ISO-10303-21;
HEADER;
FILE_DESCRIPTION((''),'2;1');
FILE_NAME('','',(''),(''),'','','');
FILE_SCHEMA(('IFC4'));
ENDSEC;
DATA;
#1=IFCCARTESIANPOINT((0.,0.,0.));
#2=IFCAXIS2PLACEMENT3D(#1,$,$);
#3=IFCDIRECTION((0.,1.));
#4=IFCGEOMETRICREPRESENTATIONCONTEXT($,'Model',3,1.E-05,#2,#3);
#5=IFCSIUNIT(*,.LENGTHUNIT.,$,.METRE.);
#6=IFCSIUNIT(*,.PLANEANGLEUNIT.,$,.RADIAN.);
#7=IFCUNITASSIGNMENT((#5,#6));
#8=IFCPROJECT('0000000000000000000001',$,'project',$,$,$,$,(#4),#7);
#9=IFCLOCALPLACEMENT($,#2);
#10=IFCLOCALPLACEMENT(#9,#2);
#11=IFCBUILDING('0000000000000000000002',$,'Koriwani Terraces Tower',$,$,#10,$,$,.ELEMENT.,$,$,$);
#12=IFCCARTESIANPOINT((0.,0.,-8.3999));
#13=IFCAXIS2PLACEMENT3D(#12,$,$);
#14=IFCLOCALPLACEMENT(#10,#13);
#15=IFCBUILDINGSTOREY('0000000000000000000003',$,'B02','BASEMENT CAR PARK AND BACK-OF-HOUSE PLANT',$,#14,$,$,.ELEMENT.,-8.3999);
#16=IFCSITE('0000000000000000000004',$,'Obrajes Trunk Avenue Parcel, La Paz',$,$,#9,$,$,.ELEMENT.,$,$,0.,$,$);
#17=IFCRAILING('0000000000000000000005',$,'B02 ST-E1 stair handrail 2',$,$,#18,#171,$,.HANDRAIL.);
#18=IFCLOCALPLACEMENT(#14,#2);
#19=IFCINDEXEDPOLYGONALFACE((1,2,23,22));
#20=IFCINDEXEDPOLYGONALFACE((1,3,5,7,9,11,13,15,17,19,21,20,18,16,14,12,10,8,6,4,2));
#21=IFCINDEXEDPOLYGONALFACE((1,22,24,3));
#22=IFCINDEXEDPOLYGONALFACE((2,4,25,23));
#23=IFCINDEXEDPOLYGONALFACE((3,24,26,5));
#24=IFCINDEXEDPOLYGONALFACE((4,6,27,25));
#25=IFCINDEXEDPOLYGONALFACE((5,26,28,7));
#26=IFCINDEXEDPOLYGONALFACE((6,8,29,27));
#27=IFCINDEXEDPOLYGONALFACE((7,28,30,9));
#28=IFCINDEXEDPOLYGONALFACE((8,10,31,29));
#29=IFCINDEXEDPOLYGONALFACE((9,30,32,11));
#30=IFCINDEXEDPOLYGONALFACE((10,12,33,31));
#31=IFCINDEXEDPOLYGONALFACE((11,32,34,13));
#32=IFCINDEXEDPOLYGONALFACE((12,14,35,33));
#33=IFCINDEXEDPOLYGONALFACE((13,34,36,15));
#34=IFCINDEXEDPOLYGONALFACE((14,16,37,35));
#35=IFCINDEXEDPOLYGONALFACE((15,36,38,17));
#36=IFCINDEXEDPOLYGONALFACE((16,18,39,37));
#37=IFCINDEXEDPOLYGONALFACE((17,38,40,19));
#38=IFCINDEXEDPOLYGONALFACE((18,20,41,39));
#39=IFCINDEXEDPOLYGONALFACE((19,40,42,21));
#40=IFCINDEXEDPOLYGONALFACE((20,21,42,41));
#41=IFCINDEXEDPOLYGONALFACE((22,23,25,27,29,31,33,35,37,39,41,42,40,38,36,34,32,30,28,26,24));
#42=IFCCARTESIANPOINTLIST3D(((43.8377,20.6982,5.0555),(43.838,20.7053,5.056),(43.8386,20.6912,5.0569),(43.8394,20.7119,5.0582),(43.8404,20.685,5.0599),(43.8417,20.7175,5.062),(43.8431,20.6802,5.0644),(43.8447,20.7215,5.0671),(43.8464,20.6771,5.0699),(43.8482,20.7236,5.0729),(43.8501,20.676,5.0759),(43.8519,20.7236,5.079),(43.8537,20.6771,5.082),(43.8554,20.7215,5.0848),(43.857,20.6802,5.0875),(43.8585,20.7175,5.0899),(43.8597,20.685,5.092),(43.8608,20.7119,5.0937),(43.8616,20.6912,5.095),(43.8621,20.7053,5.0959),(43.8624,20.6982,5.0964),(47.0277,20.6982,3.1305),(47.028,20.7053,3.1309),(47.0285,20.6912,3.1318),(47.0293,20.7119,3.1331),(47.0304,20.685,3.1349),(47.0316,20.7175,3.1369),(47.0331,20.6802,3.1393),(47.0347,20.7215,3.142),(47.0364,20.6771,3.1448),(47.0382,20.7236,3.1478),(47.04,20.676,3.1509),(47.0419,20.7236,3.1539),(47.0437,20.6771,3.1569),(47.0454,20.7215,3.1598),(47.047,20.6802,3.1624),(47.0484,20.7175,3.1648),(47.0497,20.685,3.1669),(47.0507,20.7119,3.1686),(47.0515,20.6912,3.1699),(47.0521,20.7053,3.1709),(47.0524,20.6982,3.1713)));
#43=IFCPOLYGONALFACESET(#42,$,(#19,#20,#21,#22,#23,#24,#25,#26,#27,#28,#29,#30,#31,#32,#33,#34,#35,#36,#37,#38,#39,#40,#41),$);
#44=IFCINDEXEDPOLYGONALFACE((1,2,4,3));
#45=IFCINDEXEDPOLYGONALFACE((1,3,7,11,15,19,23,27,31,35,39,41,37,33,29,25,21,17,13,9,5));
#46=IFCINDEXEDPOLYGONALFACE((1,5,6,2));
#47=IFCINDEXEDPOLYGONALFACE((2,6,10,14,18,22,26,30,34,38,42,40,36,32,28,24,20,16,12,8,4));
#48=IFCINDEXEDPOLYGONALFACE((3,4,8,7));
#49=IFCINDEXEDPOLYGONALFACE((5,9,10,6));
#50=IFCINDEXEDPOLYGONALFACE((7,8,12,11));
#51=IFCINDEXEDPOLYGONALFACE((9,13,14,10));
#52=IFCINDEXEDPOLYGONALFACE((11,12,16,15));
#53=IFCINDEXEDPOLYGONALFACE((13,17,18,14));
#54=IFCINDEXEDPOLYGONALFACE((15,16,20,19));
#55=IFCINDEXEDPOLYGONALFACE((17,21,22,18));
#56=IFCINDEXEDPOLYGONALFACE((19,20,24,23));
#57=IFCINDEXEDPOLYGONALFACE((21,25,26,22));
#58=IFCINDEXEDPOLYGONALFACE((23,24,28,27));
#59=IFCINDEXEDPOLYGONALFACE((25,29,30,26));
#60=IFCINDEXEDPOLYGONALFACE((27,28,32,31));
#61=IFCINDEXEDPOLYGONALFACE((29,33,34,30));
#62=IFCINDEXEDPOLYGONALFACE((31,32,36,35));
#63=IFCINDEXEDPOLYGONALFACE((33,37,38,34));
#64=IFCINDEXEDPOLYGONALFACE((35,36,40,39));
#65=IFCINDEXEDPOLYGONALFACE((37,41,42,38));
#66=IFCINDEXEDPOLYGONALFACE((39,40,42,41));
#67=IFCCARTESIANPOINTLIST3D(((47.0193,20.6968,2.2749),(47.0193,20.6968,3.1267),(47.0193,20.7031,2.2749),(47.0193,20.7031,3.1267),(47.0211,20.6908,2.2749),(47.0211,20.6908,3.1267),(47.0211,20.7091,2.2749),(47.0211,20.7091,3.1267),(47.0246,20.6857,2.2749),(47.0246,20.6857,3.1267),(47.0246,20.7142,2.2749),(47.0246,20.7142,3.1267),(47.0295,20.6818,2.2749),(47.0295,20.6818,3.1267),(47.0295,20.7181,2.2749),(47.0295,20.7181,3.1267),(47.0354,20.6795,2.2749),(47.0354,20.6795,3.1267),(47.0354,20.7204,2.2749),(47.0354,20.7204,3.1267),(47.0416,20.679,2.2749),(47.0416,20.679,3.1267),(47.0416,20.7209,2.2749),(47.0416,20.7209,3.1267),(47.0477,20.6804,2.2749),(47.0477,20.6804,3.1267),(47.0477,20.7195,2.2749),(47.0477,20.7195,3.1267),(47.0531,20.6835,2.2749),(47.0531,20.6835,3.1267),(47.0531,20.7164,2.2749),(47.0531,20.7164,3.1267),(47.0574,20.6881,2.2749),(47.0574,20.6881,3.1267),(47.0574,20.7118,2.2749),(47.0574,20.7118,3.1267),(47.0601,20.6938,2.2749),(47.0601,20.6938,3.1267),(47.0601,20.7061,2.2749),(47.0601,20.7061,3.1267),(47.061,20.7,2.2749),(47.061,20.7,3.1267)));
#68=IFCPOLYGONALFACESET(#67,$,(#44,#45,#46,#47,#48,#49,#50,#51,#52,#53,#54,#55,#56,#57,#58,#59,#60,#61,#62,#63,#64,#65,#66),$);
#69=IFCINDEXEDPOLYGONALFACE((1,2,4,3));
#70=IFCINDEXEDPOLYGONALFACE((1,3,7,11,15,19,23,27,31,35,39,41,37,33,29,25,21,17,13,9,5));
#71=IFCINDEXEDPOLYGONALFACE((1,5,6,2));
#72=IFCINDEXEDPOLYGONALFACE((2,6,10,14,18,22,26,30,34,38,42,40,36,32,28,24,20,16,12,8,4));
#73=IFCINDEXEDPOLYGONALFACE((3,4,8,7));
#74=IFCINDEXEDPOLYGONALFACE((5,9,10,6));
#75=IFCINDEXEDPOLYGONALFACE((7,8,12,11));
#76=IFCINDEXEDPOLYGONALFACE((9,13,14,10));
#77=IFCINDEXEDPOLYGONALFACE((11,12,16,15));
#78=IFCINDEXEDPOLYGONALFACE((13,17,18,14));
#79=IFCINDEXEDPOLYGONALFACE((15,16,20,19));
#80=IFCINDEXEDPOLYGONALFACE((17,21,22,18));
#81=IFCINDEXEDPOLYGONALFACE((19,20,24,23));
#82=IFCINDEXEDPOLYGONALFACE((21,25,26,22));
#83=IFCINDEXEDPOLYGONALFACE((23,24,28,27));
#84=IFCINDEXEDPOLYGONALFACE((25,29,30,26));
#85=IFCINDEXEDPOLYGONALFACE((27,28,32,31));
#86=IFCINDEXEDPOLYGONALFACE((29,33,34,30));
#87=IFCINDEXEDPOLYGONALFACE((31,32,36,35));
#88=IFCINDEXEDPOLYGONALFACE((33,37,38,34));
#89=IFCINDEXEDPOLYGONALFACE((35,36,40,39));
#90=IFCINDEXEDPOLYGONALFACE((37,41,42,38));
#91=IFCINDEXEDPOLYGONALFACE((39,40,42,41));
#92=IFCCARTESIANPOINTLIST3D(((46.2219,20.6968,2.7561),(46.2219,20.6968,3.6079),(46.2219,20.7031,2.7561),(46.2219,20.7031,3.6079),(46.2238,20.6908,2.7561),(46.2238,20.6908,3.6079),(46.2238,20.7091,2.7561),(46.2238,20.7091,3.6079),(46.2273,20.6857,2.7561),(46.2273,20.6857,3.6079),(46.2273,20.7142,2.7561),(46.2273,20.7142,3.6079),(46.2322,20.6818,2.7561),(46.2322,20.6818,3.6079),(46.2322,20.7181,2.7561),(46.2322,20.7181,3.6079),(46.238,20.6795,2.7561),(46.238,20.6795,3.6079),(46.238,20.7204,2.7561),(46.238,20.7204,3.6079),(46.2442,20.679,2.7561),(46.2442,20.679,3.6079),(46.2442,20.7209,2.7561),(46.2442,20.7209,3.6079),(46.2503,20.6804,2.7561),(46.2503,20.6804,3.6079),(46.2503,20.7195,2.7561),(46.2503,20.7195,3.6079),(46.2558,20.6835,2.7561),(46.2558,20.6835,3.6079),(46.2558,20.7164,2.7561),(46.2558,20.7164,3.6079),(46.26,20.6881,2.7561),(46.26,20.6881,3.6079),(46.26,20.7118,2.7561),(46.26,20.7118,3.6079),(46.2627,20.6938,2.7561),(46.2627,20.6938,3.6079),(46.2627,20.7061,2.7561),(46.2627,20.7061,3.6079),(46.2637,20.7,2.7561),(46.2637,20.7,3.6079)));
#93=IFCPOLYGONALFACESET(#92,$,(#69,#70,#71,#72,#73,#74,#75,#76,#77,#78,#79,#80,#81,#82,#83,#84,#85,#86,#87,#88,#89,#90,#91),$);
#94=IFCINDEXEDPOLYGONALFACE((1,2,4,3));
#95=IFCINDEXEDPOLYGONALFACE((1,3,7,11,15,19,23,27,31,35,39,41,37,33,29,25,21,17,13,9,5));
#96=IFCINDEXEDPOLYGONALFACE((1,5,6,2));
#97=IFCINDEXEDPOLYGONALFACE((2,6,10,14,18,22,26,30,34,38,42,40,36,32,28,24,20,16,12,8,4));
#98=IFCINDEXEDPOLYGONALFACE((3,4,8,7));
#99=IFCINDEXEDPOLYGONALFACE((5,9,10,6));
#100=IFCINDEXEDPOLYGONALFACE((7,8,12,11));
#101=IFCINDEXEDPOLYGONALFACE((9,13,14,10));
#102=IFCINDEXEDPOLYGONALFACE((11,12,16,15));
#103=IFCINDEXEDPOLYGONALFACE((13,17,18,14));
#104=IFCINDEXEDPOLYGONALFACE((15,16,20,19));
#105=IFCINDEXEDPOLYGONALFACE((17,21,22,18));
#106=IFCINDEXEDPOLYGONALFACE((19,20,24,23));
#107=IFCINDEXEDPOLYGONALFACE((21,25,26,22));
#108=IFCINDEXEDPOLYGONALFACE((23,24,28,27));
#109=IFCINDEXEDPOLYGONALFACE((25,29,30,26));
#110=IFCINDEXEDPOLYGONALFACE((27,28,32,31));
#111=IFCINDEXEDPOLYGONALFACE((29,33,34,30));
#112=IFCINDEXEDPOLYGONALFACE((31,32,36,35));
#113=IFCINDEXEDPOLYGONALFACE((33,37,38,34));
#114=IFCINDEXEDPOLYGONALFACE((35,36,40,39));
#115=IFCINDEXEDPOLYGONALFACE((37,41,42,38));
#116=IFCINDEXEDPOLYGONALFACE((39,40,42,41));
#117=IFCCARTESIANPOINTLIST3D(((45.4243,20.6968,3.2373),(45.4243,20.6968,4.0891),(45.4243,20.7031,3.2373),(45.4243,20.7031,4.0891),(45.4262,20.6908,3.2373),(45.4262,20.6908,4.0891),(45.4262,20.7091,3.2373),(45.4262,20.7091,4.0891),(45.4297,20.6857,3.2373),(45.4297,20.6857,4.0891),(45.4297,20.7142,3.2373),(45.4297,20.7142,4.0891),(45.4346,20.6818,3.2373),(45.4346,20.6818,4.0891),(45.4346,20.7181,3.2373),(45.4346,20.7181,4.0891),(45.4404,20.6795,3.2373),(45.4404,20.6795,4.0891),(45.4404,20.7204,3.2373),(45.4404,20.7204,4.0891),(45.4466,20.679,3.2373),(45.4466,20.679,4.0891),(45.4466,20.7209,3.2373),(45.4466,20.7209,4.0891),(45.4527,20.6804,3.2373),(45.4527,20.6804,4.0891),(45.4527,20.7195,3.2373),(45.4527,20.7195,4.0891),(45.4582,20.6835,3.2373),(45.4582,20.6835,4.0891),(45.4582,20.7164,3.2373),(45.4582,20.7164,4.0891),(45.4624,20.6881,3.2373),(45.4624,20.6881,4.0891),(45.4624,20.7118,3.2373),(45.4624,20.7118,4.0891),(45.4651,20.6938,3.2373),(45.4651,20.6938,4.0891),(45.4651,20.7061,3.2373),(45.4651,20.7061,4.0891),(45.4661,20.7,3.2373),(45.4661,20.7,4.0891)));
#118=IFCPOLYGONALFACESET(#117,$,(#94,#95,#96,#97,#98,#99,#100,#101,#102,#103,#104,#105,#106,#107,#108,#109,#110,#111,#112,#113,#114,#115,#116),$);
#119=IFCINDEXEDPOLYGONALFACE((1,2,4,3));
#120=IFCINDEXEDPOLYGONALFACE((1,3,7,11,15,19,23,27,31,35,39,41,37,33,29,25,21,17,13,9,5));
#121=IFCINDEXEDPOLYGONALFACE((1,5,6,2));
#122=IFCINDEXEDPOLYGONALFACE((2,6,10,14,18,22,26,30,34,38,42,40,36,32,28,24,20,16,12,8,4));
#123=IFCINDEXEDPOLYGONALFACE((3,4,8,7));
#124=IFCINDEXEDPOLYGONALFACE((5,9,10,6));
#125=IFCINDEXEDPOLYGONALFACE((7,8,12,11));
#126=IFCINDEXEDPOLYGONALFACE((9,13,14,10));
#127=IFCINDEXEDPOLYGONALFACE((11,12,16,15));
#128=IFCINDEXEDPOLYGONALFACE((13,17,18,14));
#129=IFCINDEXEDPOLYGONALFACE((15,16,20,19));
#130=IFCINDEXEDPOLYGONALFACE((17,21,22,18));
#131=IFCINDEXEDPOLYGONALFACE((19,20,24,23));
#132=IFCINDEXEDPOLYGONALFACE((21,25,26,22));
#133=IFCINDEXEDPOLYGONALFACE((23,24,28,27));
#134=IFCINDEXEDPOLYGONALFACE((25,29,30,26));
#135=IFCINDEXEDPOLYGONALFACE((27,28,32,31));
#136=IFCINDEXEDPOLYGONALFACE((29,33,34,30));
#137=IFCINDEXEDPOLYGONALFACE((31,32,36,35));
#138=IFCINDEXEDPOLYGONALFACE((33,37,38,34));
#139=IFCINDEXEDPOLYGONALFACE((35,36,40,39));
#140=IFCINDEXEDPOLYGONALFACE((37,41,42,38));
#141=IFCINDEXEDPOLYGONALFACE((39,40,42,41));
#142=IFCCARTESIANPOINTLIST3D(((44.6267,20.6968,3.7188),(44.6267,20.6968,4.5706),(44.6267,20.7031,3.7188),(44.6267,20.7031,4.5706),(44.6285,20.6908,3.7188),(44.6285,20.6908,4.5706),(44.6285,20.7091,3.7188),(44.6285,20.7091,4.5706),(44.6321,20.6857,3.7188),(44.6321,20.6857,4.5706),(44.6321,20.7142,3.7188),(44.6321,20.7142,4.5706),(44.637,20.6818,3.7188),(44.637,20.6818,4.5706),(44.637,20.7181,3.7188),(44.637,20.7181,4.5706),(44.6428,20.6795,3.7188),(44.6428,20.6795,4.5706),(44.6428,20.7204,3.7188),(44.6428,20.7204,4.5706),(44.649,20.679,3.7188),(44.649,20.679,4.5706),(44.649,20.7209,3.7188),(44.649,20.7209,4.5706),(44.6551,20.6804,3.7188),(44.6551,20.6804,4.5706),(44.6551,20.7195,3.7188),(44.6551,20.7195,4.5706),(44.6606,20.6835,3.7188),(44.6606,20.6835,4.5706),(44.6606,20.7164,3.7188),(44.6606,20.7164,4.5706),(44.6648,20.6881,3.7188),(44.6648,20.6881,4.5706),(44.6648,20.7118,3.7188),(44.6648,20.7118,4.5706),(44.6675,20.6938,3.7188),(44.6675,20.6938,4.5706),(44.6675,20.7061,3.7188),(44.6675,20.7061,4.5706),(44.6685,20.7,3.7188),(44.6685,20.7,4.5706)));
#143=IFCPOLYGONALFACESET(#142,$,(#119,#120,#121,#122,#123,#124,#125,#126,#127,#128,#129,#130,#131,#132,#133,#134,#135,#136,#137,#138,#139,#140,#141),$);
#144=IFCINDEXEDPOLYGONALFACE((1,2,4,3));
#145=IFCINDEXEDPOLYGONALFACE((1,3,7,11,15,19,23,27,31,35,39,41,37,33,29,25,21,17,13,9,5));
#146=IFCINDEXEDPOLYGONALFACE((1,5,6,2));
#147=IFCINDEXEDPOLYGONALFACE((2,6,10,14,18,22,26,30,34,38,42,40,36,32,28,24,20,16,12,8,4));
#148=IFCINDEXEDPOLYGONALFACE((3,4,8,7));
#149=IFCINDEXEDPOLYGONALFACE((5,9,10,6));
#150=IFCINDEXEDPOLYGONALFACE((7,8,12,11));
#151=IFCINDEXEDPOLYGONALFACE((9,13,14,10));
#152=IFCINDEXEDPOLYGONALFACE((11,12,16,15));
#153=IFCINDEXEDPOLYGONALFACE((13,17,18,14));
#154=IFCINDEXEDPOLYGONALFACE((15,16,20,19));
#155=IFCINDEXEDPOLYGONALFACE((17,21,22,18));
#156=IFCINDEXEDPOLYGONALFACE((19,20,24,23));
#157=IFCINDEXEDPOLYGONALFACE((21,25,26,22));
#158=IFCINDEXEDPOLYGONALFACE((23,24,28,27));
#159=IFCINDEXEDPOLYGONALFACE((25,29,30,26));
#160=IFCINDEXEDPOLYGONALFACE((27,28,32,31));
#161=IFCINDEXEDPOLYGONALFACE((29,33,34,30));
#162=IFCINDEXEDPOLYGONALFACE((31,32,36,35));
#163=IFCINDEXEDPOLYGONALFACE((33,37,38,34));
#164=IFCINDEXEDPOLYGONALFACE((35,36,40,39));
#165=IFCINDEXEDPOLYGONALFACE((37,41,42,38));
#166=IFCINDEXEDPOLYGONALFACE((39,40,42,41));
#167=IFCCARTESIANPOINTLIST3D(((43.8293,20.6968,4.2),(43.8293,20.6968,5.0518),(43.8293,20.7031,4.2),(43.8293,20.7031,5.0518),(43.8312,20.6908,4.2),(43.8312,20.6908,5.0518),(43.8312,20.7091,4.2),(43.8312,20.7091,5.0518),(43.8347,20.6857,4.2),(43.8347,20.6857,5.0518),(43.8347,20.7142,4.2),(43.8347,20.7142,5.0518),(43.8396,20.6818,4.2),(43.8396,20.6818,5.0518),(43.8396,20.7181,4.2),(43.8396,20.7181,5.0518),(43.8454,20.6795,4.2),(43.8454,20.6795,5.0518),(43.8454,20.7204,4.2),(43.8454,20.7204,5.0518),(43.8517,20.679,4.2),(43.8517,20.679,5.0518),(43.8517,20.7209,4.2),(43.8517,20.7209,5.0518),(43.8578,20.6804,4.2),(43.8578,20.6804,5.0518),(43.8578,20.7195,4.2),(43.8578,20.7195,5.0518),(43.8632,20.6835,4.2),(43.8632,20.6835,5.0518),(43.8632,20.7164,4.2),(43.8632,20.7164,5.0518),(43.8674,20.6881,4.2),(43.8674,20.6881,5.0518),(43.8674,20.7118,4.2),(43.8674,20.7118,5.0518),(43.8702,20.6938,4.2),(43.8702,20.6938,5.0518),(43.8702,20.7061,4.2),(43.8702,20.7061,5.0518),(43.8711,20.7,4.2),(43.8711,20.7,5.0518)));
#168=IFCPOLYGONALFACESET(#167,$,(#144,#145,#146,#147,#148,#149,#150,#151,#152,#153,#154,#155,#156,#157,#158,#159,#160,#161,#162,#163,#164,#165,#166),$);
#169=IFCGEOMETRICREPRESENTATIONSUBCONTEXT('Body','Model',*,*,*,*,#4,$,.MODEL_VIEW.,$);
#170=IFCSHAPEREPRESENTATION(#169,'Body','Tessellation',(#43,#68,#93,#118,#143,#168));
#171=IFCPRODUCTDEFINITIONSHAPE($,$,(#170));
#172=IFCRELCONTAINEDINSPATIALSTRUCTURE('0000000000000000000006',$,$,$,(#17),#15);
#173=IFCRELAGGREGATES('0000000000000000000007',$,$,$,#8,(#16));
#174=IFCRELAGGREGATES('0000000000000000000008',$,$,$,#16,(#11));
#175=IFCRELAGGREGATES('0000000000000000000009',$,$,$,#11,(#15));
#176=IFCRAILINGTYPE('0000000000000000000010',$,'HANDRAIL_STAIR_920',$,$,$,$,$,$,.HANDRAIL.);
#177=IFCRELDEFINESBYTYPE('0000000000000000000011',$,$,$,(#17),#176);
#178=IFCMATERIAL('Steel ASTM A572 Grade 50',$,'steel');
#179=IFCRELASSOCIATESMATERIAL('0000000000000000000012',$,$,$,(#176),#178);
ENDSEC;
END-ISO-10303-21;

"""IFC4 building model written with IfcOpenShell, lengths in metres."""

from ifc_helpers import new_model, si_unit, direction, frame, origin, origin_2d, place, context, subcontext, project, spatial, circle, extrude, material, type_object, element, save


model = new_model("IFC4")

# Units and contexts
model_context = context("Model", 3, precision=1e-05, world=origin(), true_north=direction((0.0, 1.0)))
body_context = subcontext(model_context, "Body", "Model", "MODEL_VIEW")
ifc_project = project(units=[si_unit("LENGTHUNIT", "METRE"), si_unit("PLANEANGLEUNIT", "RADIAN")], contexts=[model_context])

# Site, building, storey
site_placement = place(None, origin())
site = spatial("IfcSite", under=ifc_project, at=site_placement, Name="Obrajes Trunk Avenue Parcel, La Paz", CompositionType="ELEMENT", RefElevation=0.0)
building_placement = place(site_placement, origin())
building = spatial("IfcBuilding", under=site, at=building_placement, Name="Koriwani Terraces Tower", CompositionType="ELEMENT")
storey_placement = place(building_placement, frame((0.0, 0.0, -8.3999)))
storey = spatial("IfcBuildingStorey", under=building, at=storey_placement, Name="B02", Description="BASEMENT CAR PARK AND BACK-OF-HOUSE PLANT", CompositionType="ELEMENT", Elevation=-8.3999)

# Shared definitions
ifc_material_1 = material(Name="Steel ASTM A572 Grade 50", Category="steel")

# Railing
railing_type_1 = type_object("IfcRailingType", Name="HANDRAIL_STAIR_920", PredefinedType="HANDRAIL", material=ifc_material_1)
for number, where, name in (
    (1, (47.04, 20.7, 2.2749), "B02 ST-E1 stair handrail 2"),
):
    element("IfcRailing", number, at=place(storey_placement, frame(where)), inside=storey, type_object=railing_type_1, Name=name, PredefinedType="HANDRAIL", context=body_context, shape_type="SweptSolid", body=[
        extrude(circle(Radius=0.0239, at=origin_2d()), frame((0.0, 0.0, 0.876), z_axis=(-0.856178, 0.0, 0.516682), x_axis=(0.0, -1.0, 0.0)), (0.0, 0.0, 1.0), 3.7258),
        extrude(circle(Radius=0.021, at=origin_2d()), origin(), (0.0, 0.0, 1.0), 0.8518),
        extrude(circle(Radius=0.021, at=origin_2d()), frame((-0.7974, 0.0, 0.4812)), (0.0, 0.0, 1.0), 0.8518),
        extrude(circle(Radius=0.021, at=origin_2d()), frame((-1.595, 0.0, 0.9624)), (0.0, 0.0, 1.0), 0.8518),
        extrude(circle(Radius=0.021, at=origin_2d()), frame((-2.3926, 0.0, 1.4438)), (0.0, 0.0, 1.0), 0.8518),
        extrude(circle(Radius=0.021, at=origin_2d()), frame((-3.1899, 0.0, 1.925)), (0.0, 0.0, 1.0), 0.8518),
    ])

save(model, "model.ifc")
